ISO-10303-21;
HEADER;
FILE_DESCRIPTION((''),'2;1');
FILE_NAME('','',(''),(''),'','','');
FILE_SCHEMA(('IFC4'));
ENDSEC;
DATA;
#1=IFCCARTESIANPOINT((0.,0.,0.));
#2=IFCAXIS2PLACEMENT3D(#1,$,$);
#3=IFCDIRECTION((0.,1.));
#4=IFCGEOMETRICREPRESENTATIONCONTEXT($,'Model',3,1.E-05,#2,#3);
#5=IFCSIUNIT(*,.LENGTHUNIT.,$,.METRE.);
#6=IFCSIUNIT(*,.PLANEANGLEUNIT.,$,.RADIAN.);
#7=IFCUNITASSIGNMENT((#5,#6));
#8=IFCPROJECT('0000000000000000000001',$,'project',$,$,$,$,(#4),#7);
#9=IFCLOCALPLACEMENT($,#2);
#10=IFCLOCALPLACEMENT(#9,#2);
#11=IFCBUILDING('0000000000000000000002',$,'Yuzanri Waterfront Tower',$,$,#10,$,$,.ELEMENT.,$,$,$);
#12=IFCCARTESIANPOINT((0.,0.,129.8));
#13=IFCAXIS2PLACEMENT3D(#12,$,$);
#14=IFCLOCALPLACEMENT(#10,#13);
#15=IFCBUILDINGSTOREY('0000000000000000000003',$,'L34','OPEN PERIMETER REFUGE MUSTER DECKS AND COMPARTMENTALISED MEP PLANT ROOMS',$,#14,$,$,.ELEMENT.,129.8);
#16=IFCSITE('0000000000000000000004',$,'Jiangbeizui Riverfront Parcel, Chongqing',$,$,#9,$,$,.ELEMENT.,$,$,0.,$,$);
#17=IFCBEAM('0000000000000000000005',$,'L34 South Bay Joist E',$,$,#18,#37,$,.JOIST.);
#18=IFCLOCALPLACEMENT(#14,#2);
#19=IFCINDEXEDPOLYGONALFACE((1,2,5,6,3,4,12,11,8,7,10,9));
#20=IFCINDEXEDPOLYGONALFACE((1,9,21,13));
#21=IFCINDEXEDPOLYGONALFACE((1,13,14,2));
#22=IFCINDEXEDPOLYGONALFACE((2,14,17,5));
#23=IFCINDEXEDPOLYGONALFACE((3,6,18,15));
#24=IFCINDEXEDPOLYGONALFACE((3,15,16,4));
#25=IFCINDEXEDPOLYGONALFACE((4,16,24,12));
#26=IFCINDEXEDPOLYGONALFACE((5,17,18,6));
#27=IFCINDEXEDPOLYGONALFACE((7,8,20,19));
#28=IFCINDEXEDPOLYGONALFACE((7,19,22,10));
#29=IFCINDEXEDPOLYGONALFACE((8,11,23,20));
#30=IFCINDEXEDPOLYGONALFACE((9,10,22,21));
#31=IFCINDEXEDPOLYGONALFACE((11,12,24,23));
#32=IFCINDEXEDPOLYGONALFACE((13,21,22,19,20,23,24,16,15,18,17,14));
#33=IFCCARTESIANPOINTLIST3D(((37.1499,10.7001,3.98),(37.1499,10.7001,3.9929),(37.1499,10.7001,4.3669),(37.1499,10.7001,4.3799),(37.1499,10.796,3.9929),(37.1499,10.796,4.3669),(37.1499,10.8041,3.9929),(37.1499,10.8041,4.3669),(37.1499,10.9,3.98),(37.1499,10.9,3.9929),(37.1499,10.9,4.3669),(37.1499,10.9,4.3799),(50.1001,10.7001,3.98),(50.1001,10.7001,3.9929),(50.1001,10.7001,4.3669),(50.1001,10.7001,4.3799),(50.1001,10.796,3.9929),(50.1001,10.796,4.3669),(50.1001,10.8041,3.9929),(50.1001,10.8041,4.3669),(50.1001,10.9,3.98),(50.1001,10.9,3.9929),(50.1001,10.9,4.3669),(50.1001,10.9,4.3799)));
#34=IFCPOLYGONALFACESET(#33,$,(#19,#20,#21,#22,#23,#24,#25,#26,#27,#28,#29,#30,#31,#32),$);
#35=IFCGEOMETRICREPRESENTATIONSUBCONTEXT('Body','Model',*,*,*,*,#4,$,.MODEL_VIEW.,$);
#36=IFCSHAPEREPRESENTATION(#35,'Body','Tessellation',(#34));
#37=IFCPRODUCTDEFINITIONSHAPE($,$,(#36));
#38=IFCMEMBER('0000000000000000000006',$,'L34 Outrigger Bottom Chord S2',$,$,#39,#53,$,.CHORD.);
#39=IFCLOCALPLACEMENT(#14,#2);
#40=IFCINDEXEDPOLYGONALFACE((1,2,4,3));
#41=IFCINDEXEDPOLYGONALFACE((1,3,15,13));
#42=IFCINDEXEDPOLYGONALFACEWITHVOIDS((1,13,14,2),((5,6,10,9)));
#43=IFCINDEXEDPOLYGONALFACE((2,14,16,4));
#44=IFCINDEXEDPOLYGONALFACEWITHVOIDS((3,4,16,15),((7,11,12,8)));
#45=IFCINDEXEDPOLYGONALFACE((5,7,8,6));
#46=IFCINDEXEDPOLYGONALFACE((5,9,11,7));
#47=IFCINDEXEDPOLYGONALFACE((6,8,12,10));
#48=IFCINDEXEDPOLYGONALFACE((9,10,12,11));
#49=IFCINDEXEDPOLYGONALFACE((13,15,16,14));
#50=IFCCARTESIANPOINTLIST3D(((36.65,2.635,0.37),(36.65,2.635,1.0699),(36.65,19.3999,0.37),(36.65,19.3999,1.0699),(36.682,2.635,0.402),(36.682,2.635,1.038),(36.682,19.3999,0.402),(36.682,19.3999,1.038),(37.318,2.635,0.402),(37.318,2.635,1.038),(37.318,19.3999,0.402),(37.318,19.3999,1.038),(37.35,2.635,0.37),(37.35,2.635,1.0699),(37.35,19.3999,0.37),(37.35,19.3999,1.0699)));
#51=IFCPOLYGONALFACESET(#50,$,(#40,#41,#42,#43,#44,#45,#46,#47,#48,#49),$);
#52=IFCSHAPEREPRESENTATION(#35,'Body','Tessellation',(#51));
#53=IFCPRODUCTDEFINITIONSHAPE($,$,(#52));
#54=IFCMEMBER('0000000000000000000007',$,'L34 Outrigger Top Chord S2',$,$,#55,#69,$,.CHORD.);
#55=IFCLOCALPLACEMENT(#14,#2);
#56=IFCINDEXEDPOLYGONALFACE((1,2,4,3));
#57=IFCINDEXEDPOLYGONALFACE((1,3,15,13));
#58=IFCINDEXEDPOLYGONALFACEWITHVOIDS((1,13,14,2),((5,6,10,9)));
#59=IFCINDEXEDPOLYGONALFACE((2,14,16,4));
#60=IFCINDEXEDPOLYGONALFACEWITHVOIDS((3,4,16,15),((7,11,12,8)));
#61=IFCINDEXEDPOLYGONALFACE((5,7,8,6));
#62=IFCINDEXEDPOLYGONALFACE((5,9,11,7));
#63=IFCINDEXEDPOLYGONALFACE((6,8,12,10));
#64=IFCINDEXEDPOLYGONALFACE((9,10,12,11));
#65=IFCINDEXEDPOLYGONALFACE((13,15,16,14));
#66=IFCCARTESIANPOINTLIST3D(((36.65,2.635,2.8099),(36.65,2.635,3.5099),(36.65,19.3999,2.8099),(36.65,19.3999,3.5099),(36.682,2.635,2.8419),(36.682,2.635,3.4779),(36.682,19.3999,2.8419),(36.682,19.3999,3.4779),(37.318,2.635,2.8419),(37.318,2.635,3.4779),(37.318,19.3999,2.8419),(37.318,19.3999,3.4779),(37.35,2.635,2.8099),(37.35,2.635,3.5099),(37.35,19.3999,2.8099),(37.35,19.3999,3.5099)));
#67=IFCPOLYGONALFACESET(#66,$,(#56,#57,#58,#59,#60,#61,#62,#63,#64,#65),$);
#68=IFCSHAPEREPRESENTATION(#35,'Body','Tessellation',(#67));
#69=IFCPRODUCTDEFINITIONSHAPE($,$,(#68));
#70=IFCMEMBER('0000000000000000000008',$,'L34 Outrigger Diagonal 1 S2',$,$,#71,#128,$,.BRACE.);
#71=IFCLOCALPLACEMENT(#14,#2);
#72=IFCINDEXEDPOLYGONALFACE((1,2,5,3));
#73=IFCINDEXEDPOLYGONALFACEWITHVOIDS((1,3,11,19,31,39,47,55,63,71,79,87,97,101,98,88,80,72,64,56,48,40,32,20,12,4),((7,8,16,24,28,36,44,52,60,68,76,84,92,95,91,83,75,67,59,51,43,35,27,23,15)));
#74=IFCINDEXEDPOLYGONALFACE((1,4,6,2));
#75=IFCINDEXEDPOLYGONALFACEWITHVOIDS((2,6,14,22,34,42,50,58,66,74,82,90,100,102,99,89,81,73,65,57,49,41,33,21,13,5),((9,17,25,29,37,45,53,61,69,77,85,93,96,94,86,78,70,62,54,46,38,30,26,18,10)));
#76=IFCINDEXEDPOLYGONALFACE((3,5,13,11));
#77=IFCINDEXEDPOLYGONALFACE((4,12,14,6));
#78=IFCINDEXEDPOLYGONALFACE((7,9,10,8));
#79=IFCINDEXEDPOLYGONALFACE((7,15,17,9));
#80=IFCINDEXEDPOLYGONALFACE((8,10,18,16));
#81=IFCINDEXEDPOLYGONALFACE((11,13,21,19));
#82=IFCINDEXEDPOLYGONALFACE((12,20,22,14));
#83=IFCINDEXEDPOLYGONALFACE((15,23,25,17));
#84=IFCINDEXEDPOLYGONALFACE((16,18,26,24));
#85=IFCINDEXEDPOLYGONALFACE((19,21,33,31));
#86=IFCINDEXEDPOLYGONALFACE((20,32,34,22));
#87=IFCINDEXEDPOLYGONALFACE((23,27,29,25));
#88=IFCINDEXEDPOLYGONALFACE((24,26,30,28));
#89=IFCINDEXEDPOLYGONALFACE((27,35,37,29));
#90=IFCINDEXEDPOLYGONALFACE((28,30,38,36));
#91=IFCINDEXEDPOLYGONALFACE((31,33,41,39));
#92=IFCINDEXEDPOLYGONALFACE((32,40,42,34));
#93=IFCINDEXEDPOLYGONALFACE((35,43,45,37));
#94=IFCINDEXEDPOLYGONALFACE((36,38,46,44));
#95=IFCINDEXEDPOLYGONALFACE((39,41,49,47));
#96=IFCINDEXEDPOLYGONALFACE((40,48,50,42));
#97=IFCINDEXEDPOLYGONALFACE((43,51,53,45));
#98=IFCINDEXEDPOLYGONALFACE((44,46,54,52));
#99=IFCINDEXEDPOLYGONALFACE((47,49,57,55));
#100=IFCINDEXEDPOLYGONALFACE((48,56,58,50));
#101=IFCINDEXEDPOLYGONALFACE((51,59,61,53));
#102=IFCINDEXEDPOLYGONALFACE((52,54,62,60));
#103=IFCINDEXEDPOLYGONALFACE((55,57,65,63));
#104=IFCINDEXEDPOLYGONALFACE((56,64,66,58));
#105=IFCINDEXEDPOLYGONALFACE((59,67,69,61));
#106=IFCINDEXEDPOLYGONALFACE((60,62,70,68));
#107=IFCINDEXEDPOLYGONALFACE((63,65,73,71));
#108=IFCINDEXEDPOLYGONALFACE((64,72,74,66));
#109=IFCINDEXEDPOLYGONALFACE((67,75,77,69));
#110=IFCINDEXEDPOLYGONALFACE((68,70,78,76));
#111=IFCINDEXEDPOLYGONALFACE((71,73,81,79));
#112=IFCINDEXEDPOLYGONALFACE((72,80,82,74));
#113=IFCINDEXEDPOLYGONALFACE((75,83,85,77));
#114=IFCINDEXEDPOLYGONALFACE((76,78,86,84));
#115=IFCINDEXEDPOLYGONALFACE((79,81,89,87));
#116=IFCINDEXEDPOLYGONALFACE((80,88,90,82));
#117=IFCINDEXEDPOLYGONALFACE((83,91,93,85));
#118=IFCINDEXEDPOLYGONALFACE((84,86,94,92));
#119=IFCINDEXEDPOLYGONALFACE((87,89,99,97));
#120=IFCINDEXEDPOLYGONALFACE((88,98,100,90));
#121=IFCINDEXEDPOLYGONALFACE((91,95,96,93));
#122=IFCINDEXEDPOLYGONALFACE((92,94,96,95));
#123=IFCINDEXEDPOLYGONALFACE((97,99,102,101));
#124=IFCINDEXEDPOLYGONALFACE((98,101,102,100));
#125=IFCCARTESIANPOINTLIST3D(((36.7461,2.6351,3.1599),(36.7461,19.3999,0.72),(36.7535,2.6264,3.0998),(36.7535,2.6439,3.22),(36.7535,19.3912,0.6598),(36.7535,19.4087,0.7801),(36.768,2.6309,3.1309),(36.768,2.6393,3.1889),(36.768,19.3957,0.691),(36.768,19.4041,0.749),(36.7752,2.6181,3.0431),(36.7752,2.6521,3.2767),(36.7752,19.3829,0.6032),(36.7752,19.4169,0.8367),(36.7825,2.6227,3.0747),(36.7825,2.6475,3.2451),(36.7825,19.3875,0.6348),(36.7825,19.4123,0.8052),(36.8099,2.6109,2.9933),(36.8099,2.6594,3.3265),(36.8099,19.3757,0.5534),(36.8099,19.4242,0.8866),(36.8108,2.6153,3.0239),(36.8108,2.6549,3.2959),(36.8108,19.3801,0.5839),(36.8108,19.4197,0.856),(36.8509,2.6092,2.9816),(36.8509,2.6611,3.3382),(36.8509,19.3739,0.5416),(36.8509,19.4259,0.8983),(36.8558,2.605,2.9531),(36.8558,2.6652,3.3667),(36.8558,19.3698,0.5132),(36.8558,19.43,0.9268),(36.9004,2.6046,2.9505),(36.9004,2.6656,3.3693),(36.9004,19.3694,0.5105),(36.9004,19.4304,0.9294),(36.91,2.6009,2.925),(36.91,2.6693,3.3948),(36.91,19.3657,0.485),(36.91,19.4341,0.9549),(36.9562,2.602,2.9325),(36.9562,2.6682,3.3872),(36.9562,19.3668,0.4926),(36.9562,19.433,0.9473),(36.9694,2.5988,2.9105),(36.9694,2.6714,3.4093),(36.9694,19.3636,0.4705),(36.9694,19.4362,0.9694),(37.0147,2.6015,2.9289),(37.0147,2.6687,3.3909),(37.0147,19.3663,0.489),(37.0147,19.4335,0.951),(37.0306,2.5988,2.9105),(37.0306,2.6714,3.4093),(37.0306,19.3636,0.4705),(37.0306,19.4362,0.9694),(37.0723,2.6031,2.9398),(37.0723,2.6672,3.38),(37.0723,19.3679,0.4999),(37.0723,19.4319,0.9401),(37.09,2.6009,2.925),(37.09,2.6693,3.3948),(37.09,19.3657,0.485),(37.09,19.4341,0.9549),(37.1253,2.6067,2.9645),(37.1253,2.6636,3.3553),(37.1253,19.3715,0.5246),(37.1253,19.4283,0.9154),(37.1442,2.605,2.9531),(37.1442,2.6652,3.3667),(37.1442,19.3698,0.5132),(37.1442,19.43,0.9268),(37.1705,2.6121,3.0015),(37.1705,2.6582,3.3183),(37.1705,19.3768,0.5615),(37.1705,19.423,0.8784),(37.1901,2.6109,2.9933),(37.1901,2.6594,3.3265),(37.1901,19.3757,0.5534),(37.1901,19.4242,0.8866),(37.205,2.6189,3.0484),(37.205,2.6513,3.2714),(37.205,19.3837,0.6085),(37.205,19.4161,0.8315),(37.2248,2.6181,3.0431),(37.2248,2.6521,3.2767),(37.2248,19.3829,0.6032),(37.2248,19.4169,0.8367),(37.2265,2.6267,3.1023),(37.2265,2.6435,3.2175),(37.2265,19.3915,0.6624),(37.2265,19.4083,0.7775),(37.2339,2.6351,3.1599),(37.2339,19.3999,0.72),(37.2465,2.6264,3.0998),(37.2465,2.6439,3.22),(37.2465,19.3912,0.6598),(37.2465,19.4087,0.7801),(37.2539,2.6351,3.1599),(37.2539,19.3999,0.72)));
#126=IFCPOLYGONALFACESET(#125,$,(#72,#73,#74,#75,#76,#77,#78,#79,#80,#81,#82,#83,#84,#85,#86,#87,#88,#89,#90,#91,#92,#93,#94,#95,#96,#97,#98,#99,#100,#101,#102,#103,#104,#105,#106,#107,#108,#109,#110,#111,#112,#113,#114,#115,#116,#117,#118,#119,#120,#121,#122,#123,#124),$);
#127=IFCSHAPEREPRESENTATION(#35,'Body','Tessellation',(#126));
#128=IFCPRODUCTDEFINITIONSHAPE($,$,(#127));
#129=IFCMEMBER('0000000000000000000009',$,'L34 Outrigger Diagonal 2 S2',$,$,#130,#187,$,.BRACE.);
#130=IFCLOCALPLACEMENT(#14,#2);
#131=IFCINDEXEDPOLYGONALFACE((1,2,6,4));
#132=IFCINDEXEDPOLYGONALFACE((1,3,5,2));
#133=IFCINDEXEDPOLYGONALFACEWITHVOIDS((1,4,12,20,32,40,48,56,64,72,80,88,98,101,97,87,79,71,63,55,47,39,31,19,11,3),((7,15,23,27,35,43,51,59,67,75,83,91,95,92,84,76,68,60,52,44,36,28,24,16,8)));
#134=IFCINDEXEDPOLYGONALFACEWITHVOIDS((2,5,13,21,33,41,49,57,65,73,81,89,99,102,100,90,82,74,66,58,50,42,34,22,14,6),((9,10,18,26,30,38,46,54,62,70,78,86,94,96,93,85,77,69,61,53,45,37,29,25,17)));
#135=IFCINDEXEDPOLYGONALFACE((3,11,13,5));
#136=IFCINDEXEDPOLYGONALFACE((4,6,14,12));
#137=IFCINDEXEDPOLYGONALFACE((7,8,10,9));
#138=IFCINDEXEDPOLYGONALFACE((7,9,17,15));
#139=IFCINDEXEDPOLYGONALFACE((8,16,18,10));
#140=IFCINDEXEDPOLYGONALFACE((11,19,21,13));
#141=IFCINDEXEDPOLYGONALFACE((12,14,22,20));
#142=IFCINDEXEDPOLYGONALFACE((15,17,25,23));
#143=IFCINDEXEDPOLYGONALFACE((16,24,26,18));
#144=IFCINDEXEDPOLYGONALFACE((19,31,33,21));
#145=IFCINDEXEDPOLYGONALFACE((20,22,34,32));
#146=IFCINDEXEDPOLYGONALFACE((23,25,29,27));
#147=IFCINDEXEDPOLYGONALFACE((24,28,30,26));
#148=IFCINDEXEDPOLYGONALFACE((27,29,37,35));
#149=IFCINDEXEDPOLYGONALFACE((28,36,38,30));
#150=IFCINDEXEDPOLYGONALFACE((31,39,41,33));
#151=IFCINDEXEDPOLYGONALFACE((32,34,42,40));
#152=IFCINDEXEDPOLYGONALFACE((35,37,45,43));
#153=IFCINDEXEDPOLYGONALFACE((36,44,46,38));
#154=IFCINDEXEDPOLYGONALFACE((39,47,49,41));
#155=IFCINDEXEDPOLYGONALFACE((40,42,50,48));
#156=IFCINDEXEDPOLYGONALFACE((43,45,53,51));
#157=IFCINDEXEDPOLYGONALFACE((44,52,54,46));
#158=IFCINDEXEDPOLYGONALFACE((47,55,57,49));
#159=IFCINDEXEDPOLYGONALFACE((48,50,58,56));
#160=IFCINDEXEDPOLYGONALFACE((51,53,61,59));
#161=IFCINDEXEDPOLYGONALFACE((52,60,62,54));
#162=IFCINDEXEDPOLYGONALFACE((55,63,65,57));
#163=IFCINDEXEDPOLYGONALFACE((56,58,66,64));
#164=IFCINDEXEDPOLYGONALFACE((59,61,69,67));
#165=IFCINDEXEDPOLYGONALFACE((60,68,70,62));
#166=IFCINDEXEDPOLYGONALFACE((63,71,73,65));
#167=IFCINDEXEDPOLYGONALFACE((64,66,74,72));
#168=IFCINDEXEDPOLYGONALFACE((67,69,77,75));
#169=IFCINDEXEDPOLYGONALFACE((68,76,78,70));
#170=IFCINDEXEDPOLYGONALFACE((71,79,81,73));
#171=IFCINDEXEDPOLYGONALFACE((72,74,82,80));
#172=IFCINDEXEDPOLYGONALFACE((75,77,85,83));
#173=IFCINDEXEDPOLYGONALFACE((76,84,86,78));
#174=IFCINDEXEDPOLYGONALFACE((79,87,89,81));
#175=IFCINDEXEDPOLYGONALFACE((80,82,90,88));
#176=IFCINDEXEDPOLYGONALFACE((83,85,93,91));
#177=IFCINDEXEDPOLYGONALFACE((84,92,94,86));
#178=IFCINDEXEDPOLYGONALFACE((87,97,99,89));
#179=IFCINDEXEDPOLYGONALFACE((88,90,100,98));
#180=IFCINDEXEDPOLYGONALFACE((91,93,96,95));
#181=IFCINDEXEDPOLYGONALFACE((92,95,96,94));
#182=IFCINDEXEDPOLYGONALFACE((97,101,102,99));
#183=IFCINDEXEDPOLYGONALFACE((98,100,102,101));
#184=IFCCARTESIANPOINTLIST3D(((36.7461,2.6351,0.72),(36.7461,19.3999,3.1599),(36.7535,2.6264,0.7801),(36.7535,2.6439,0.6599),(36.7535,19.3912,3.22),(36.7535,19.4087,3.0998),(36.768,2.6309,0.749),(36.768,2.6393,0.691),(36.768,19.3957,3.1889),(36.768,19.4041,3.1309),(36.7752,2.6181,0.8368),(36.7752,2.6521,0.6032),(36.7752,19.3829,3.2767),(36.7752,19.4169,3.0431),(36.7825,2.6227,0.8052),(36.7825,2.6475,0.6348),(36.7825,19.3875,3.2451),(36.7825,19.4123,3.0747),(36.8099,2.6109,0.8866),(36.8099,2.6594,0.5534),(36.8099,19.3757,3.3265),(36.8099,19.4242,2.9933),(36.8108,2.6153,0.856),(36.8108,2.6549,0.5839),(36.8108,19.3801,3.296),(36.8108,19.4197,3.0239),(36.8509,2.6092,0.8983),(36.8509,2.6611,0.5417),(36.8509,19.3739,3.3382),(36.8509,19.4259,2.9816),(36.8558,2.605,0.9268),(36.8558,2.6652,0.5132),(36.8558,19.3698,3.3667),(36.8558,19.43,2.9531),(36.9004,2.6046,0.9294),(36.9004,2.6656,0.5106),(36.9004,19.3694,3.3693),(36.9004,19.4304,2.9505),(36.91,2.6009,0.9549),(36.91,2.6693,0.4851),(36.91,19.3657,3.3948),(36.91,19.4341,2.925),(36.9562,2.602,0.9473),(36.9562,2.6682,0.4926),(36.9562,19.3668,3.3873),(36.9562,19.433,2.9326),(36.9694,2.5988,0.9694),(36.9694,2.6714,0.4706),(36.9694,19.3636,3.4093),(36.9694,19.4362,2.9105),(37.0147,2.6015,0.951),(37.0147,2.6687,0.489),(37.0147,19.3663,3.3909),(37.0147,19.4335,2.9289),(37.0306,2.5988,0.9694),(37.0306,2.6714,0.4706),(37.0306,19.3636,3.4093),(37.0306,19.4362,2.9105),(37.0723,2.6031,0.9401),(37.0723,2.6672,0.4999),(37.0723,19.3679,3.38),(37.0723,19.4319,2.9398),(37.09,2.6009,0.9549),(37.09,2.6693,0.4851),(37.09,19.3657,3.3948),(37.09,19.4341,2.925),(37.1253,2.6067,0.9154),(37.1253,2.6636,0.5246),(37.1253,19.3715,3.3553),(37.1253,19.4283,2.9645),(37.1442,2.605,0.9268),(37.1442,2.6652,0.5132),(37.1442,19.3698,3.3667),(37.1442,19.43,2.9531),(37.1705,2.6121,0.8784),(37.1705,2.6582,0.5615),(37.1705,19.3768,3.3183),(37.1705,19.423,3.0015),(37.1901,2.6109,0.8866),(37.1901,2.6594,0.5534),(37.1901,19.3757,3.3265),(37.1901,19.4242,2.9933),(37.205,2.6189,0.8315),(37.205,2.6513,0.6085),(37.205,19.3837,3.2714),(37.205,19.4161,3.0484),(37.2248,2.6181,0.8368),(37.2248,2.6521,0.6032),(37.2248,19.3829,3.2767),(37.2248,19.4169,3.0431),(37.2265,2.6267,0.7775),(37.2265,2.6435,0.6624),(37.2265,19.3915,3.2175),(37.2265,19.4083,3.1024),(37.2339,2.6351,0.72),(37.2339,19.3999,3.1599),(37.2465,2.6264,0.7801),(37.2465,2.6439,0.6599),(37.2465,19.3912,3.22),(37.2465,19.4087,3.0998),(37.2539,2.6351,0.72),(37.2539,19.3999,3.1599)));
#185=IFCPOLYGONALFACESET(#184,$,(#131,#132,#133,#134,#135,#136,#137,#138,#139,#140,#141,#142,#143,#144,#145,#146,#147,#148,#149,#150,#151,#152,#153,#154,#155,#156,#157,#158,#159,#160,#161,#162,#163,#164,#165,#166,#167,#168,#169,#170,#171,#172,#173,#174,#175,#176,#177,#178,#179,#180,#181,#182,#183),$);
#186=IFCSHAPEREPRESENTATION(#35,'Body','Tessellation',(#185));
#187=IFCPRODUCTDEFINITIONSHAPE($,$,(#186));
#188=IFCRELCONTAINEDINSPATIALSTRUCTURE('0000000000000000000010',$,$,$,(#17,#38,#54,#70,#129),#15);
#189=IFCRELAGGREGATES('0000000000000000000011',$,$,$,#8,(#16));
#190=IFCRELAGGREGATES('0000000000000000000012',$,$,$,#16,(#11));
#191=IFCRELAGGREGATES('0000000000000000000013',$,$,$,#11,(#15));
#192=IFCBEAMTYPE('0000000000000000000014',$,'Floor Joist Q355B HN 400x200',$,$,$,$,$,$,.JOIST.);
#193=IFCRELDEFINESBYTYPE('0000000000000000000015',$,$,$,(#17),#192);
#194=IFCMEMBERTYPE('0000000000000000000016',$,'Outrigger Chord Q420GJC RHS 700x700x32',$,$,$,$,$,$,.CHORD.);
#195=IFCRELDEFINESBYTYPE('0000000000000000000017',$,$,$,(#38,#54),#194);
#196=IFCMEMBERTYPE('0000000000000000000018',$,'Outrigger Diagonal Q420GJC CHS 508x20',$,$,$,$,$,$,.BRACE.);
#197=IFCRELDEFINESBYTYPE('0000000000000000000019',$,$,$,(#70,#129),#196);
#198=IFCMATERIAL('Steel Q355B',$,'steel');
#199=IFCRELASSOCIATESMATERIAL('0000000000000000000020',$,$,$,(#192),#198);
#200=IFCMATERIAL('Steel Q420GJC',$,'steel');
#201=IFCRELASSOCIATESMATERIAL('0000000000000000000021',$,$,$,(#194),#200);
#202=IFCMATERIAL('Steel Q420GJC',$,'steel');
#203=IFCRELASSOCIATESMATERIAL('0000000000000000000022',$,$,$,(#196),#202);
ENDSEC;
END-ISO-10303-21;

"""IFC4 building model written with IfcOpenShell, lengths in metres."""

from ifc_helpers import new_model, si_unit, direction, frame, origin, origin_2d, place, context, subcontext, project, spatial, hollow_rectangle, hollow_circle, i_section, extrude, source, transform, mapped, material, material_profile, profile_set, type_object, element, save


model = new_model("IFC4")

# Units and contexts
model_context = context("Model", 3, precision=1e-05, world=origin(), true_north=direction((0.0, 1.0)))
body_context = subcontext(model_context, "Body", "Model", "MODEL_VIEW")
ifc_project = project(units=[si_unit("LENGTHUNIT", "METRE"), si_unit("PLANEANGLEUNIT", "RADIAN")], contexts=[model_context])

# Site, building, storey
site_placement = place(None, origin())
site = spatial("IfcSite", under=ifc_project, at=site_placement, Name="Jiangbeizui Riverfront Parcel, Chongqing", CompositionType="ELEMENT", RefElevation=0.0)
building_placement = place(site_placement, origin())
building = spatial("IfcBuilding", under=site, at=building_placement, Name="Yuzanri Waterfront Tower", CompositionType="ELEMENT")
storey_placement = place(building_placement, frame((0.0, 0.0, 129.8)))
storey = spatial("IfcBuildingStorey", under=building, at=storey_placement, Name="L34", Description="OPEN PERIMETER REFUGE MUSTER DECKS AND COMPARTMENTALISED MEP PLANT ROOMS", CompositionType="ELEMENT", Elevation=129.8)

# Beam
ifc_material_1 = material(Name="Steel Q355B", Category="steel")
ifc_material_profile_1 = material_profile(ifc_material_1, i_section(OverallWidth=0.2, OverallDepth=0.3999, WebThickness=0.0081, FlangeThickness=0.0129, at=origin_2d()), Name="HN 400x200x8x13")
ifc_profile_set_1 = profile_set([ifc_material_profile_1], Name="Steel Q355B")
beam_type_1 = type_object("IfcBeamType", Name="Floor Joist Q355B HN 400x200", PredefinedType="JOIST", material=ifc_profile_set_1)
shared_shape_1 = source(origin(), body_context, "Body", "SweptSolid", [
    extrude(i_section(OverallWidth=0.2, OverallDepth=0.3999, WebThickness=0.0081, FlangeThickness=0.0129, at=origin_2d()), origin(), (0.0, 0.0, 1.0), 12.9502),
])
beam_placement = place(storey_placement, frame((37.1499, 10.8, 4.1799), z_axis=(1.0, 0.0, 0.0), x_axis=(0.0, 1.0, 0.0)))
element("IfcBeam", 1, at=beam_placement, inside=storey, type_object=beam_type_1, Name="L34 South Bay Joist E", PredefinedType="JOIST", context=body_context, shape_type="MappedRepresentation", body=[
    mapped(shared_shape_1, transform((0.0, 0.0, 0.0), scale=1.0)),
])

# Members
ifc_material_2 = material(Name="Steel Q420GJC", Category="steel")
ifc_material_profile_2 = material_profile(ifc_material_2, hollow_rectangle(XDim=0.7, YDim=0.7, WallThickness=0.032, at=origin_2d()), Name="RHS 700x700x32")
ifc_profile_set_2 = profile_set([ifc_material_profile_2], Name="Steel Q420GJC")
member_type_1 = type_object("IfcMemberType", Name="Outrigger Chord Q420GJC RHS 700x700x32", PredefinedType="CHORD", material=ifc_profile_set_2)
shared_shape_2 = source(origin(), body_context, "Body", "SweptSolid", [
    extrude(hollow_rectangle(XDim=0.7, YDim=0.7, WallThickness=0.032, at=origin_2d()), origin(), (0.0, 0.0, 1.0), 16.7649),
])
for number, where, z_axis, x_axis, name in (
    (2, (37.0, 19.3999, 0.72), (0.0, -1.0, 0.0), (1.0, 0.0, 0.0), "L34 Outrigger Bottom Chord S2"),
    (3, (37.0, 19.3999, 3.1599), (0.0, -1.0, 0.0), (1.0, 0.0, 0.0), "L34 Outrigger Top Chord S2"),
):
    element("IfcMember", number, at=place(storey_placement, frame(where, z_axis=z_axis, x_axis=x_axis)), inside=storey, type_object=member_type_1, Name=name, PredefinedType="CHORD", context=body_context, shape_type="MappedRepresentation", body=[
        mapped(shared_shape_2, transform((0.0, 0.0, 0.0), scale=1.0)),
    ])
ifc_material_3 = material(Name="Steel Q420GJC", Category="steel")
ifc_material_profile_3 = material_profile(ifc_material_3, hollow_circle(Radius=0.2539, WallThickness=0.02, at=origin_2d()), Name="CHS 508x20")
ifc_profile_set_3 = profile_set([ifc_material_profile_3], Name="Steel Q420GJC")
member_type_2 = type_object("IfcMemberType", Name="Outrigger Diagonal Q420GJC CHS 508x20", PredefinedType="BRACE", material=ifc_profile_set_3)
shared_shape_3 = source(origin(), body_context, "Body", "SweptSolid", [
    extrude(hollow_circle(Radius=0.2539, WallThickness=0.02, at=origin_2d()), origin(), (0.0, 0.0, 1.0), 16.9414),
])
for number, where, z_axis, x_axis, name in (
    (4, (37.0, 19.3999, 0.72), (0.0, -0.989575, 0.144021), (1.0, 0.0, 0.0), "L34 Outrigger Diagonal 1 S2"),
    (5, (37.0, 19.3999, 3.1599), (0.0, -0.989575, -0.144021), (1.0, 0.0, 0.0), "L34 Outrigger Diagonal 2 S2"),
):
    element("IfcMember", number, at=place(storey_placement, frame(where, z_axis=z_axis, x_axis=x_axis)), inside=storey, type_object=member_type_2, Name=name, PredefinedType="BRACE", context=body_context, shape_type="MappedRepresentation", body=[
        mapped(shared_shape_3, transform((0.0, 0.0, 0.0), scale=1.0)),
    ])

save(model, "model.ifc")
